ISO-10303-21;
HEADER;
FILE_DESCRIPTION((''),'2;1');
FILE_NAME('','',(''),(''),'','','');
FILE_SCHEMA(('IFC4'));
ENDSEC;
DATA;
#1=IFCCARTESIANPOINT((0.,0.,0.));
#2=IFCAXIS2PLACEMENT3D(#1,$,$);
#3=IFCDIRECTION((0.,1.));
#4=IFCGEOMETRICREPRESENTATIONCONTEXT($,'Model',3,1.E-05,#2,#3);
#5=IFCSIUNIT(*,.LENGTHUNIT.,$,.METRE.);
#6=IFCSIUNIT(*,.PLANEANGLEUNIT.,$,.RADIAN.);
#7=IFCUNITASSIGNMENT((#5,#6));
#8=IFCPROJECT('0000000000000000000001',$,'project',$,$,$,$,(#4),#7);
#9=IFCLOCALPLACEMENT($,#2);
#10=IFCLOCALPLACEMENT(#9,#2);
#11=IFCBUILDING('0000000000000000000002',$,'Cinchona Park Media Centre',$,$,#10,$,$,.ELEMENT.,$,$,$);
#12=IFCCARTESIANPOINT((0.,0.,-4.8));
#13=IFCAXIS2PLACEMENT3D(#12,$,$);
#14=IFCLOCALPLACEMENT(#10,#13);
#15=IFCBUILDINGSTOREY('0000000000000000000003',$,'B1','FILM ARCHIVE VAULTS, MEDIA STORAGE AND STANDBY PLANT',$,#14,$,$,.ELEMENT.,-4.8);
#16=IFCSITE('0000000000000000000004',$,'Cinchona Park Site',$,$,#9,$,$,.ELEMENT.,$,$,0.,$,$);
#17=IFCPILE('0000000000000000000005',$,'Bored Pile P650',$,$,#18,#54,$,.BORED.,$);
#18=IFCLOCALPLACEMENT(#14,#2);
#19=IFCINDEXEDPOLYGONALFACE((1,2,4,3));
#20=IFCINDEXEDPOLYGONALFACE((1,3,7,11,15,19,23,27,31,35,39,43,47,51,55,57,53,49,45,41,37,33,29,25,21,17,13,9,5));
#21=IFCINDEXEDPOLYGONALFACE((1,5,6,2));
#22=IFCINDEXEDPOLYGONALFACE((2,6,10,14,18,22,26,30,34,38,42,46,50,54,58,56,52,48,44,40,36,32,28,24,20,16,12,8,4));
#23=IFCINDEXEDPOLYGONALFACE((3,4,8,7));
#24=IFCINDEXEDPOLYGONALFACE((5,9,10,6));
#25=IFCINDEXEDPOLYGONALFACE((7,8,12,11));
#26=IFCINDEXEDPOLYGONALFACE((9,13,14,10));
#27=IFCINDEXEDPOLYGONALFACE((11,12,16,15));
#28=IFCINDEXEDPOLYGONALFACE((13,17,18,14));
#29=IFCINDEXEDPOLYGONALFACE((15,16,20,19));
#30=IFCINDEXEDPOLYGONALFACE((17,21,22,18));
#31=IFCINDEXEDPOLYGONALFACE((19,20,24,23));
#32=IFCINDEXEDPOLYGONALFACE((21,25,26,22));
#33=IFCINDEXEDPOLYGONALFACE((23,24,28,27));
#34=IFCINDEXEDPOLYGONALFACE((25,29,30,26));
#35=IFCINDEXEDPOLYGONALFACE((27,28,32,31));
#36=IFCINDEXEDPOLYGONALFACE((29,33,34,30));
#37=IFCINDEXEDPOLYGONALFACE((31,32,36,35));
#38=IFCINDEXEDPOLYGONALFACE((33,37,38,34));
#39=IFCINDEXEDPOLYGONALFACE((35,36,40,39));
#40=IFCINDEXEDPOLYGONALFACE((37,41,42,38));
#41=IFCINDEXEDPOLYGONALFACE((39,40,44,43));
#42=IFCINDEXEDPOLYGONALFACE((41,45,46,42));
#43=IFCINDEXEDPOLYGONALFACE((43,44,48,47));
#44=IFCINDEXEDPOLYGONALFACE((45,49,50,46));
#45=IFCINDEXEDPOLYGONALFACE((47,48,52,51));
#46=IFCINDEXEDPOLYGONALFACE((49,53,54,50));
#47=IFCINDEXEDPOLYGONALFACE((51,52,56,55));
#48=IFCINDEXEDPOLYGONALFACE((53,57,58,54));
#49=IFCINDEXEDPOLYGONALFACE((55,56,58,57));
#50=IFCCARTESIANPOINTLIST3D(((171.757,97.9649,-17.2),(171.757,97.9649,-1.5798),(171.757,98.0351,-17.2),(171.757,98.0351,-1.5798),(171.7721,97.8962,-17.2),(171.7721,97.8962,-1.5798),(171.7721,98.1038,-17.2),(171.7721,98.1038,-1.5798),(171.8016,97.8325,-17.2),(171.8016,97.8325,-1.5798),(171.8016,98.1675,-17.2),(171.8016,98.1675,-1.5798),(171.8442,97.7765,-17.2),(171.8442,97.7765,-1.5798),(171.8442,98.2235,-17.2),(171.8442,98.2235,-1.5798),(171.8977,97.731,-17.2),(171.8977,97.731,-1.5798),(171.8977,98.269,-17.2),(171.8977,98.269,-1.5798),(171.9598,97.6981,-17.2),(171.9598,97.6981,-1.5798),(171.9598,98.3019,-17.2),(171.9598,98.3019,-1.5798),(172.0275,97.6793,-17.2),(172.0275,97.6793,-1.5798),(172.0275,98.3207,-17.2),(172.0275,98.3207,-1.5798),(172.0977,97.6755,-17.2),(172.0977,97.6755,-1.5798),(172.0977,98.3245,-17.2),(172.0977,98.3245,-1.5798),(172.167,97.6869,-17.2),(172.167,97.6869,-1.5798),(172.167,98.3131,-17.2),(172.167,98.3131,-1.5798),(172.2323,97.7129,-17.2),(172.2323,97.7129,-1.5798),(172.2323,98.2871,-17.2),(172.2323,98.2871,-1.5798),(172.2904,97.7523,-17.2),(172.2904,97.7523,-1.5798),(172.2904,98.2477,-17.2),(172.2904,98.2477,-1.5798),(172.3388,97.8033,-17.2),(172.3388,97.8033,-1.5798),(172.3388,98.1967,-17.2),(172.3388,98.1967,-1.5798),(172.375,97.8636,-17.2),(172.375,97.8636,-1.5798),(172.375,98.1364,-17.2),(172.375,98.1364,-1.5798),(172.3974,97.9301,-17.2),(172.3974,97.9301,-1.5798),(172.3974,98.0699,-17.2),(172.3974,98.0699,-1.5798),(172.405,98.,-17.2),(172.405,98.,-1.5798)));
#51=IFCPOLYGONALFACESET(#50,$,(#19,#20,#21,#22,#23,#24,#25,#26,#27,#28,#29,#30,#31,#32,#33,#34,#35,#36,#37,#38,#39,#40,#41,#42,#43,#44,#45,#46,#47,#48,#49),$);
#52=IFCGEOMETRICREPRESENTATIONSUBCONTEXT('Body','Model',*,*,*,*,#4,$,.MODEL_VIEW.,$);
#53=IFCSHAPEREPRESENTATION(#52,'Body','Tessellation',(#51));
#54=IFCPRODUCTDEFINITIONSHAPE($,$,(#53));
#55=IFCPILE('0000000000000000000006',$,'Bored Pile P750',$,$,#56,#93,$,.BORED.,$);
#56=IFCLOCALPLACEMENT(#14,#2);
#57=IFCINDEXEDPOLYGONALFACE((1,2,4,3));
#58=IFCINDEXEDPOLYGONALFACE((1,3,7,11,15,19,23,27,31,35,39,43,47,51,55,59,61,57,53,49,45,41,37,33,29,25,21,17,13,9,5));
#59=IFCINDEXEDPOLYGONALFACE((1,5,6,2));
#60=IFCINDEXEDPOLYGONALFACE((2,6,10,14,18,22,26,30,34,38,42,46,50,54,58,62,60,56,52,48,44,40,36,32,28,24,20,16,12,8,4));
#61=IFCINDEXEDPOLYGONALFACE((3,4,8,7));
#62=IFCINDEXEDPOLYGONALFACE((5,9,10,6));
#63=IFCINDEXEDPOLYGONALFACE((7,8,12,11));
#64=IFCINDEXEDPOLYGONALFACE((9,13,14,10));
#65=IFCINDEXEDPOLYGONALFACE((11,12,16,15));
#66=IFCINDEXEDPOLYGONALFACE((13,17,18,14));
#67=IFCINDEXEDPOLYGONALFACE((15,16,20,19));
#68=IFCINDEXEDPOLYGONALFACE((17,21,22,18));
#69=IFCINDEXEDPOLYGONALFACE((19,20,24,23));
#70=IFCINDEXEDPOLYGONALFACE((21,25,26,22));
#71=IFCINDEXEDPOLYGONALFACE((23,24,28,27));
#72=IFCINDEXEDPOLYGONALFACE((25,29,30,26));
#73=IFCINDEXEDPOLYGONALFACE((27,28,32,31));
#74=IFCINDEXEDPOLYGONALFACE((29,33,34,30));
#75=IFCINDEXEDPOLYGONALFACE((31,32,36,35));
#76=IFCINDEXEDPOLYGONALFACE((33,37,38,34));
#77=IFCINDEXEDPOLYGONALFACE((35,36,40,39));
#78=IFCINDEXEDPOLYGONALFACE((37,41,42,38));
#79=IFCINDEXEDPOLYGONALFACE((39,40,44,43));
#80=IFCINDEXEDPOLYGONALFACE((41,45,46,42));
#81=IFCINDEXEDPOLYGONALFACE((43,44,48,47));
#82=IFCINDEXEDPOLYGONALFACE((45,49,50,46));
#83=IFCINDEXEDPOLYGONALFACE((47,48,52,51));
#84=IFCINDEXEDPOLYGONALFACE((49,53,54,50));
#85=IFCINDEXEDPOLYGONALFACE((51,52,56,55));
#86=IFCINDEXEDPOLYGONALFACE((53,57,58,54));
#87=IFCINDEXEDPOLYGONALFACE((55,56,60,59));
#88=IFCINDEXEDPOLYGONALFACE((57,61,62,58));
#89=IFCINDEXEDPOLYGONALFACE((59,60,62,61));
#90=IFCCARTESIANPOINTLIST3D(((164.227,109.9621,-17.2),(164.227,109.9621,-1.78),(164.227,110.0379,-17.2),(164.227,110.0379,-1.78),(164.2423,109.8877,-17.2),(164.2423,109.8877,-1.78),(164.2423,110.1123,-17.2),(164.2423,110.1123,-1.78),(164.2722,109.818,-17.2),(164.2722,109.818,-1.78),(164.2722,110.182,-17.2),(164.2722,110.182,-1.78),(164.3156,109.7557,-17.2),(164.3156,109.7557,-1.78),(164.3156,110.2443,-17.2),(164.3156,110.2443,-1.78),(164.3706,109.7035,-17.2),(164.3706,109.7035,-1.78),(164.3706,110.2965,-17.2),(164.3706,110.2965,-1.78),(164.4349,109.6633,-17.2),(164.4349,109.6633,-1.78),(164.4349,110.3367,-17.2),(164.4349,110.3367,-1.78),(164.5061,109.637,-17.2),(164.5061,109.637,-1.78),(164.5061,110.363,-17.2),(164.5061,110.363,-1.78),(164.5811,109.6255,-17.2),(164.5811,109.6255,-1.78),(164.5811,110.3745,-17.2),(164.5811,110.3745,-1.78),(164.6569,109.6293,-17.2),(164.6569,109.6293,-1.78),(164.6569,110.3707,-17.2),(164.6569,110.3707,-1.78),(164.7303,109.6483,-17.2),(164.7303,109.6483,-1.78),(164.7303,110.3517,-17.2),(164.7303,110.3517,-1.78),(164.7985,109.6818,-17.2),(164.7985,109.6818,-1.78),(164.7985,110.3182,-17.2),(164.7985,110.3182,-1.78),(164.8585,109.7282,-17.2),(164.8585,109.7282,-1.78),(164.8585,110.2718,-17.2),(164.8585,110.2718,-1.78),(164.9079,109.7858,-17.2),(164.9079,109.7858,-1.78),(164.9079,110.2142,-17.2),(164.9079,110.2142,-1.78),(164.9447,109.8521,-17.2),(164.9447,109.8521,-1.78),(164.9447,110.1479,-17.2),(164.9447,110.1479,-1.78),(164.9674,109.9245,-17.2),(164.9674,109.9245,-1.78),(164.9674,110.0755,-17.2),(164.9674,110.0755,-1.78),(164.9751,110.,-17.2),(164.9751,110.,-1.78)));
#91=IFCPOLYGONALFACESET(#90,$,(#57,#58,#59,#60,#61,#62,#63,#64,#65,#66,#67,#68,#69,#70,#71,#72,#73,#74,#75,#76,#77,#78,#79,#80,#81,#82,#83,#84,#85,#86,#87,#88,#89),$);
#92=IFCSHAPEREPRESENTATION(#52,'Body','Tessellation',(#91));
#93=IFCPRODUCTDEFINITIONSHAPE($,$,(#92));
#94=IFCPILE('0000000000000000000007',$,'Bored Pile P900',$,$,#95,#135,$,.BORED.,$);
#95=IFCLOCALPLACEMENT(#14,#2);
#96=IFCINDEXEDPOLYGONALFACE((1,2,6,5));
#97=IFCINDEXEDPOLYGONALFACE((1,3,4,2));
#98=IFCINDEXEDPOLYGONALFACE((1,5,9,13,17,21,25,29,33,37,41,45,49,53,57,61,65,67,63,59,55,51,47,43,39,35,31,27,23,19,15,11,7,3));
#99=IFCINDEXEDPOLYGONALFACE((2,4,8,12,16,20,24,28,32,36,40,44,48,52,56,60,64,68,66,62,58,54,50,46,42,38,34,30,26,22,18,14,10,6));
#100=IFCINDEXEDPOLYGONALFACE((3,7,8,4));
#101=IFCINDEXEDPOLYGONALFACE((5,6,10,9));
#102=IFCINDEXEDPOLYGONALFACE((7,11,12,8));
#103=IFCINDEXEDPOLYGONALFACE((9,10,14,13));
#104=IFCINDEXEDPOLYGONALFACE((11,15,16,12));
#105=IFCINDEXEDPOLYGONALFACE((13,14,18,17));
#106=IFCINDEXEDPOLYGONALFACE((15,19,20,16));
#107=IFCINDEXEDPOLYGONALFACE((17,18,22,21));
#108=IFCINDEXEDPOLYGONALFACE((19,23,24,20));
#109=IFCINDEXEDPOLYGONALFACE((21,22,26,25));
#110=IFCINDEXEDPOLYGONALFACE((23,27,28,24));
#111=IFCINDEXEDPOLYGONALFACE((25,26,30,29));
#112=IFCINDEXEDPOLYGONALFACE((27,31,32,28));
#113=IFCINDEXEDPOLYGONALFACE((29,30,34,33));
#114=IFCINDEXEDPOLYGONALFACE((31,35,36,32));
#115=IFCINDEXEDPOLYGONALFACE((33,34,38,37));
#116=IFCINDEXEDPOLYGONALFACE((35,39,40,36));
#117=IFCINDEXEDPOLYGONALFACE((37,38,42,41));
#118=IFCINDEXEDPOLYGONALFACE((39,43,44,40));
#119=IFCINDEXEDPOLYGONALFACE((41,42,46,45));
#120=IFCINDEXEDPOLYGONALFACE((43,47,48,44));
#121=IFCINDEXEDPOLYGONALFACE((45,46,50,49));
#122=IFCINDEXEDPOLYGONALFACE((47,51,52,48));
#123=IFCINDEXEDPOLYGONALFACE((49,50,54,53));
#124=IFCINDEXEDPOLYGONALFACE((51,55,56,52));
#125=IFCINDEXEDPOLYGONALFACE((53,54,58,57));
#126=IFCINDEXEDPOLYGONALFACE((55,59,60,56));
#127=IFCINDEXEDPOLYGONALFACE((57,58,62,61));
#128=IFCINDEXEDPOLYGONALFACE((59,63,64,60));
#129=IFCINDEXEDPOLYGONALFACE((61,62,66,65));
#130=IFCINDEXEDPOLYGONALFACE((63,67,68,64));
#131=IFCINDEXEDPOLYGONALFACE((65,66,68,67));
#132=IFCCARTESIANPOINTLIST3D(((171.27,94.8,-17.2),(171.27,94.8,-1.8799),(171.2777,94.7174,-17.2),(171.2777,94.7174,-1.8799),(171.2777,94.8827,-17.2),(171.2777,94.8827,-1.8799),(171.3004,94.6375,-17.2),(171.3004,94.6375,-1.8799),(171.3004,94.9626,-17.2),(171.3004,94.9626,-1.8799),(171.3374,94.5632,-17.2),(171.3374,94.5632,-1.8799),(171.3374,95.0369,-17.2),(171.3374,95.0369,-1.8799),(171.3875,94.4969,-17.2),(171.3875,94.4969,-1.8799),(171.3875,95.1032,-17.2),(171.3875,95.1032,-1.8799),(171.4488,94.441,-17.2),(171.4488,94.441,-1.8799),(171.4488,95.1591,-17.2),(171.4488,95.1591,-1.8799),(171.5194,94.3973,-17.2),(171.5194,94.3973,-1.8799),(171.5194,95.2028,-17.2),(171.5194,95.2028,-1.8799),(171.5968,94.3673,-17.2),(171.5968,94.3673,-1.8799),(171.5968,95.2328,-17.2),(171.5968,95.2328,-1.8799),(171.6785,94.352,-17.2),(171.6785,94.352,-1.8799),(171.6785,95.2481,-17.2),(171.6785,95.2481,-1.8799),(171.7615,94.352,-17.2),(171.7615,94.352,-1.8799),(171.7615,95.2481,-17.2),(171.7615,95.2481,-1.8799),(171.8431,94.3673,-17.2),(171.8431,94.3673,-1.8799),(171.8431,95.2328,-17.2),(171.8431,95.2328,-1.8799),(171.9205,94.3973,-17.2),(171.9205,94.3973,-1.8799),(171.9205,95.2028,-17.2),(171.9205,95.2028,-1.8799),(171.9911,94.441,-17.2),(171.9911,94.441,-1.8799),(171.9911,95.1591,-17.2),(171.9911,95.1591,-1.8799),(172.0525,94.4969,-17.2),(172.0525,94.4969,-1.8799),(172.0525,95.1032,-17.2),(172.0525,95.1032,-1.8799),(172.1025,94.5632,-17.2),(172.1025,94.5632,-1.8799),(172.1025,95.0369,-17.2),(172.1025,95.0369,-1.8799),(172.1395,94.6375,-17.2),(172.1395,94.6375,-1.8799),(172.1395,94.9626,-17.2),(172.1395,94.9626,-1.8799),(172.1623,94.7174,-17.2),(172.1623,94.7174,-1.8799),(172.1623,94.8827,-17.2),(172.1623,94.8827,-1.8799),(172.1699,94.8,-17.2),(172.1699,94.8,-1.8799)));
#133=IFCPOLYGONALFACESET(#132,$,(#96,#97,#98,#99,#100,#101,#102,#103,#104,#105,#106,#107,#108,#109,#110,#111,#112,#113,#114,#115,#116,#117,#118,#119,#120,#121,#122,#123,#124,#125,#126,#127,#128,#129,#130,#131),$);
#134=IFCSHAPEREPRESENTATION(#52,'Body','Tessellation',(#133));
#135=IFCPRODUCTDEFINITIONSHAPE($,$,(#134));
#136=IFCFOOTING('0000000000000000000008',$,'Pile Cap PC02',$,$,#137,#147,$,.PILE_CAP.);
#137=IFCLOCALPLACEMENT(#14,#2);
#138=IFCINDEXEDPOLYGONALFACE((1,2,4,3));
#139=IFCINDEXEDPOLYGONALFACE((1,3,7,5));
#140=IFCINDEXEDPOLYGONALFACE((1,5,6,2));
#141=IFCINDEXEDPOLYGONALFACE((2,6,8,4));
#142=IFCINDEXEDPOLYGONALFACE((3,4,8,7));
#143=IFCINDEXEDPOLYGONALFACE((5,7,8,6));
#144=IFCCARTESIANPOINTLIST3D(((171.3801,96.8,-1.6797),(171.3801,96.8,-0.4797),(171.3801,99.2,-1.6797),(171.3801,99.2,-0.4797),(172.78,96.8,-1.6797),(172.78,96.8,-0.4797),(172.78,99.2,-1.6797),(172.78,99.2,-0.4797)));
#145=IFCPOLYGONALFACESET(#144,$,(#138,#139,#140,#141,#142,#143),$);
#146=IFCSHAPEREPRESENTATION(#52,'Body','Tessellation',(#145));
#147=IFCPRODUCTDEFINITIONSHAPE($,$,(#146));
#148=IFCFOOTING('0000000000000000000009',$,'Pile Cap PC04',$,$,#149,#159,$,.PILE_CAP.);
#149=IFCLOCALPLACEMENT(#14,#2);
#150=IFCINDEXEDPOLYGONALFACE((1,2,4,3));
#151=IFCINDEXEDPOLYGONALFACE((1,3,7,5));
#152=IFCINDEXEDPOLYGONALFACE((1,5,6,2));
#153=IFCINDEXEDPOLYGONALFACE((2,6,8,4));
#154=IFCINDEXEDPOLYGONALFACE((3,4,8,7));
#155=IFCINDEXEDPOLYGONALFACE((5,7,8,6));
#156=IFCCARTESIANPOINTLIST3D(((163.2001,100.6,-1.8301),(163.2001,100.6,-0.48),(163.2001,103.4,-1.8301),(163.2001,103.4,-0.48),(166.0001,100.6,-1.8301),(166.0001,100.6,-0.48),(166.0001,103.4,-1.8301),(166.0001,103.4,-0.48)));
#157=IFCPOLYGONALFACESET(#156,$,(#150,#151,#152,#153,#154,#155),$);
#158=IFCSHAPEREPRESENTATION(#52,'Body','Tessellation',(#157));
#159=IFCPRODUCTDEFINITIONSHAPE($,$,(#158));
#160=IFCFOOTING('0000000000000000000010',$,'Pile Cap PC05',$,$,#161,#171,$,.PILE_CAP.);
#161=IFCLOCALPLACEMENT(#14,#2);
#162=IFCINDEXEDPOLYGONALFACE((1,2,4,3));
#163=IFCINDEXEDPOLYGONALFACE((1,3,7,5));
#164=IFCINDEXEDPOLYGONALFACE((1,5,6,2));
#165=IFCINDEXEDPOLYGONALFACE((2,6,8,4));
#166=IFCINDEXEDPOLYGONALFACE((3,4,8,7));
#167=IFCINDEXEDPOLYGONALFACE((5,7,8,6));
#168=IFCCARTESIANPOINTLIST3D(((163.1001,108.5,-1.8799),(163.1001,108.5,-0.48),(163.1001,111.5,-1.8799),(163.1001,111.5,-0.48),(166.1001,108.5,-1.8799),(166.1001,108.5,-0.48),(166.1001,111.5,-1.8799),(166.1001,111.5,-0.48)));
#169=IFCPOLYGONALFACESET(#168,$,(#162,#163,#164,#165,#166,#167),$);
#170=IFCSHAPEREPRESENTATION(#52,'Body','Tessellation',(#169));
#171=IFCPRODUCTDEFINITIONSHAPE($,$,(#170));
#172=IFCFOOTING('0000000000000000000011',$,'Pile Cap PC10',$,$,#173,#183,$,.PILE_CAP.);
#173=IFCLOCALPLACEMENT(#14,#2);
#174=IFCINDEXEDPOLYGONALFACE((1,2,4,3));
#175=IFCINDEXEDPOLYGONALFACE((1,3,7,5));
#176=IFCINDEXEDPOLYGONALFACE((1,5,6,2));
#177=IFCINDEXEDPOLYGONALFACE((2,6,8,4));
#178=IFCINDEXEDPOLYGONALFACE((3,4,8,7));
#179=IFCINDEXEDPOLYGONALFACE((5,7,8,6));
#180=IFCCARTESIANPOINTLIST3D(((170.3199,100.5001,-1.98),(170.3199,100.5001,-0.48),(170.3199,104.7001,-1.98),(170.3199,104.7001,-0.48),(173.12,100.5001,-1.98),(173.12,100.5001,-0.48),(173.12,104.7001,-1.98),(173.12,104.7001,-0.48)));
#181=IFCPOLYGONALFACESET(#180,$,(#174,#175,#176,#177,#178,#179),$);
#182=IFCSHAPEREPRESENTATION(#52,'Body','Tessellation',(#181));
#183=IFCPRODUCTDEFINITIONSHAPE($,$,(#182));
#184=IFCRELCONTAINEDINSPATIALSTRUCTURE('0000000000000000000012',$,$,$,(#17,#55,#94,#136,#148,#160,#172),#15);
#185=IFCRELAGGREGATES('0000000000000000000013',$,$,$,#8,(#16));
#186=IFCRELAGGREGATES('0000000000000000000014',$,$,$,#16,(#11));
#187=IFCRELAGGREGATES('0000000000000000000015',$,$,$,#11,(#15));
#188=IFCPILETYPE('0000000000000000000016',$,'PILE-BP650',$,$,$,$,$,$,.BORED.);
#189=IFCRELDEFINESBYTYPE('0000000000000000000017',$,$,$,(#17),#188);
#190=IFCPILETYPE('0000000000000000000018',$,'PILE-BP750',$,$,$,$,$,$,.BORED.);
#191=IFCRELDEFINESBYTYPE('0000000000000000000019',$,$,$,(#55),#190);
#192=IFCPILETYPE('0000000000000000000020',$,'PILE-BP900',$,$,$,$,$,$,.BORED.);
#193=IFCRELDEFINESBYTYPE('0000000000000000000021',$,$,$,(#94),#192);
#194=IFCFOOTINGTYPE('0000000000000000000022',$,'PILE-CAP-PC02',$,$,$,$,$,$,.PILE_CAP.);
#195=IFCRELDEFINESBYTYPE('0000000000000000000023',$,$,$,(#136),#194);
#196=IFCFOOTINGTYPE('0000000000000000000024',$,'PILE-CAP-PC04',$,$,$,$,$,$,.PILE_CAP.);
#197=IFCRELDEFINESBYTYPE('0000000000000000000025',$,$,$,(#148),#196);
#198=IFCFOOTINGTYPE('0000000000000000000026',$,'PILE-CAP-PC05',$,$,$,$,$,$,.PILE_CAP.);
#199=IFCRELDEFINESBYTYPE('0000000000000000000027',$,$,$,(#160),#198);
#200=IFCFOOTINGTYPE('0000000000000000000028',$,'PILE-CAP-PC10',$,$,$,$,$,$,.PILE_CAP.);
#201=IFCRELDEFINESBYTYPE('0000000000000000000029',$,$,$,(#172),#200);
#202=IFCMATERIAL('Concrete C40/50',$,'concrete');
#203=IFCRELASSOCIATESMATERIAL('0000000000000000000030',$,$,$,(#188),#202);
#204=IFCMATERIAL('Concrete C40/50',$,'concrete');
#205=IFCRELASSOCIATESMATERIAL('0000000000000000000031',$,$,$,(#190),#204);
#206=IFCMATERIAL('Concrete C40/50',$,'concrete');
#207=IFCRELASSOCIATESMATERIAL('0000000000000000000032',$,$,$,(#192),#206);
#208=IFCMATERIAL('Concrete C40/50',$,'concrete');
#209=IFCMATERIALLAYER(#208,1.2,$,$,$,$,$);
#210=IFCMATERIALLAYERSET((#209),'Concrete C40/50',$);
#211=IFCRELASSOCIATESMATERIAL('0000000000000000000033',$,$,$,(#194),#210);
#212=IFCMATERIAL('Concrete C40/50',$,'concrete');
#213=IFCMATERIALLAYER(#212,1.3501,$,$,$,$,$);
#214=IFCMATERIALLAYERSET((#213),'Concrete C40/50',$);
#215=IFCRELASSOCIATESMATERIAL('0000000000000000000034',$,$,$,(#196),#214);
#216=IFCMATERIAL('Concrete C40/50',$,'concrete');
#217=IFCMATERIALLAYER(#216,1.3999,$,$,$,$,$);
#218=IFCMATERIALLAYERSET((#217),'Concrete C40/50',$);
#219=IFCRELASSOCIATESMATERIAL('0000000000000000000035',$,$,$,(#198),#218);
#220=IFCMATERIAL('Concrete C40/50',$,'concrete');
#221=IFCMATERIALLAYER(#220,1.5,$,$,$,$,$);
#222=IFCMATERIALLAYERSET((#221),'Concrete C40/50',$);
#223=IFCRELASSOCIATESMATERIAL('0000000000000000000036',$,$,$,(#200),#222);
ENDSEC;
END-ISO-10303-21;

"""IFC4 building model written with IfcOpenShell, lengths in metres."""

from ifc_helpers import new_model, si_unit, direction, frame, origin, origin_2d, place, context, subcontext, project, spatial, rectangle, circle, extrude, material, layer, layer_set, material_profile, profile_set, type_object, element, save


model = new_model("IFC4")

# Units and contexts
model_context = context("Model", 3, precision=1e-05, world=origin(), true_north=direction((0.0, 1.0)))
body_context = subcontext(model_context, "Body", "Model", "MODEL_VIEW")
ifc_project = project(units=[si_unit("LENGTHUNIT", "METRE"), si_unit("PLANEANGLEUNIT", "RADIAN")], contexts=[model_context])

# Site, building, storey
site_placement = place(None, origin())
site = spatial("IfcSite", under=ifc_project, at=site_placement, Name="Cinchona Park Site", CompositionType="ELEMENT", RefElevation=0.0)
building_placement = place(site_placement, origin())
building = spatial("IfcBuilding", under=site, at=building_placement, Name="Cinchona Park Media Centre", CompositionType="ELEMENT")
storey_placement = place(building_placement, frame((0.0, 0.0, -4.8)))
storey = spatial("IfcBuildingStorey", under=building, at=storey_placement, Name="B1", Description="FILM ARCHIVE VAULTS, MEDIA STORAGE AND STANDBY PLANT", CompositionType="ELEMENT", Elevation=-4.8)

# Piles
ifc_material_1 = material(Name="Concrete C40/50", Category="concrete")
ifc_material_profile_1 = material_profile(ifc_material_1, circle(Radius=0.325, at=origin_2d()), Name="BORED PILE 650")
ifc_profile_set_1 = profile_set([ifc_material_profile_1], Name="Concrete C40/50")
pile_type_1 = type_object("IfcPileType", Name="PILE-BP650", PredefinedType="BORED", material=ifc_profile_set_1)
pile_1_placement = place(storey_placement, frame((172.0801, 98.0, -1.5798), z_axis=(0.0, 0.0, -1.0), x_axis=(1.0, 0.0, 0.0)))
element("IfcPile", 1, at=pile_1_placement, inside=storey, type_object=pile_type_1, Name="Bored Pile P650", PredefinedType="BORED", context=body_context, shape_type="SweptSolid", body=[
    extrude(circle(Radius=0.325, at=origin_2d()), origin(), (0.0, 0.0, 1.0), 15.6201),
])
ifc_material_2 = material(Name="Concrete C40/50", Category="concrete")
ifc_material_profile_2 = material_profile(ifc_material_2, circle(Radius=0.375, at=origin_2d()), Name="BORED PILE 750")
ifc_profile_set_2 = profile_set([ifc_material_profile_2], Name="Concrete C40/50")
pile_type_2 = type_object("IfcPileType", Name="PILE-BP750", PredefinedType="BORED", material=ifc_profile_set_2)
pile_2_placement = place(storey_placement, frame((164.6001, 110.0, -1.78), z_axis=(0.0, 0.0, -1.0), x_axis=(1.0, 0.0, 0.0)))
element("IfcPile", 2, at=pile_2_placement, inside=storey, type_object=pile_type_2, Name="Bored Pile P750", PredefinedType="BORED", context=body_context, shape_type="SweptSolid", body=[
    extrude(circle(Radius=0.375, at=origin_2d()), origin(), (0.0, 0.0, 1.0), 15.4199),
])
ifc_material_3 = material(Name="Concrete C40/50", Category="concrete")
ifc_material_profile_3 = material_profile(ifc_material_3, circle(Radius=0.45, at=origin_2d()), Name="BORED PILE 900")
ifc_profile_set_3 = profile_set([ifc_material_profile_3], Name="Concrete C40/50")
pile_type_3 = type_object("IfcPileType", Name="PILE-BP900", PredefinedType="BORED", material=ifc_profile_set_3)
pile_3_placement = place(storey_placement, frame((171.72, 94.8, -1.8799), z_axis=(0.0, 0.0, -1.0), x_axis=(1.0, 0.0, 0.0)))
element("IfcPile", 3, at=pile_3_placement, inside=storey, type_object=pile_type_3, Name="Bored Pile P900", PredefinedType="BORED", context=body_context, shape_type="SweptSolid", body=[
    extrude(circle(Radius=0.45, at=origin_2d()), origin(), (0.0, 0.0, 1.0), 15.3201),
])

# Footings
ifc_material_4 = material(Name="Concrete C40/50", Category="concrete")
ifc_layer_1 = layer(ifc_material_4, 1.2)
ifc_layer_set_1 = layer_set([ifc_layer_1], Name="Concrete C40/50")
footing_type_1 = type_object("IfcFootingType", Name="PILE-CAP-PC02", PredefinedType="PILE_CAP", material=ifc_layer_set_1)
footing_1_placement = place(storey_placement, frame((172.0801, 98.0, -1.6797), z_axis=(0.0, 0.0, 1.0), x_axis=(1.0, 0.0, 0.0)))
element("IfcFooting", 4, at=footing_1_placement, inside=storey, type_object=footing_type_1, Name="Pile Cap PC02", PredefinedType="PILE_CAP", context=body_context, shape_type="SweptSolid", body=[
    extrude(rectangle(XDim=1.3999, YDim=2.3999, at=origin_2d()), origin(), (0.0, 0.0, 1.0), 1.2),
])
ifc_material_5 = material(Name="Concrete C40/50", Category="concrete")
ifc_layer_2 = layer(ifc_material_5, 1.3501)
ifc_layer_set_2 = layer_set([ifc_layer_2], Name="Concrete C40/50")
footing_type_2 = type_object("IfcFootingType", Name="PILE-CAP-PC04", PredefinedType="PILE_CAP", material=ifc_layer_set_2)
footing_2_placement = place(storey_placement, frame((164.6001, 102.0, -1.8301), z_axis=(0.0, 0.0, 1.0), x_axis=(1.0, 0.0, 0.0)))
element("IfcFooting", 5, at=footing_2_placement, inside=storey, type_object=footing_type_2, Name="Pile Cap PC04", PredefinedType="PILE_CAP", context=body_context, shape_type="SweptSolid", body=[
    extrude(rectangle(XDim=2.8, YDim=2.8, at=origin_2d()), origin(), (0.0, 0.0, 1.0), 1.3501),
])
ifc_material_6 = material(Name="Concrete C40/50", Category="concrete")
ifc_layer_3 = layer(ifc_material_6, 1.3999)
ifc_layer_set_3 = layer_set([ifc_layer_3], Name="Concrete C40/50")
footing_type_3 = type_object("IfcFootingType", Name="PILE-CAP-PC05", PredefinedType="PILE_CAP", material=ifc_layer_set_3)
footing_3_placement = place(storey_placement, frame((164.6001, 110.0, -1.8799), z_axis=(0.0, 0.0, 1.0), x_axis=(1.0, 0.0, 0.0)))
element("IfcFooting", 6, at=footing_3_placement, inside=storey, type_object=footing_type_3, Name="Pile Cap PC05", PredefinedType="PILE_CAP", context=body_context, shape_type="SweptSolid", body=[
    extrude(rectangle(XDim=3.0, YDim=3.0, at=origin_2d()), origin(), (0.0, 0.0, 1.0), 1.3999),
])
ifc_material_7 = material(Name="Concrete C40/50", Category="concrete")
ifc_layer_4 = layer(ifc_material_7, 1.5)
ifc_layer_set_4 = layer_set([ifc_layer_4], Name="Concrete C40/50")
footing_type_4 = type_object("IfcFootingType", Name="PILE-CAP-PC10", PredefinedType="PILE_CAP", material=ifc_layer_set_4)
footing_4_placement = place(storey_placement, frame((171.72, 102.6001, -1.98), z_axis=(0.0, 0.0, 1.0), x_axis=(1.0, 0.0, 0.0)))
element("IfcFooting", 7, at=footing_4_placement, inside=storey, type_object=footing_type_4, Name="Pile Cap PC10", PredefinedType="PILE_CAP", context=body_context, shape_type="SweptSolid", body=[
    extrude(rectangle(XDim=2.8, YDim=4.2, at=origin_2d()), origin(), (0.0, 0.0, 1.0), 1.5),
])

save(model, "model.ifc")
